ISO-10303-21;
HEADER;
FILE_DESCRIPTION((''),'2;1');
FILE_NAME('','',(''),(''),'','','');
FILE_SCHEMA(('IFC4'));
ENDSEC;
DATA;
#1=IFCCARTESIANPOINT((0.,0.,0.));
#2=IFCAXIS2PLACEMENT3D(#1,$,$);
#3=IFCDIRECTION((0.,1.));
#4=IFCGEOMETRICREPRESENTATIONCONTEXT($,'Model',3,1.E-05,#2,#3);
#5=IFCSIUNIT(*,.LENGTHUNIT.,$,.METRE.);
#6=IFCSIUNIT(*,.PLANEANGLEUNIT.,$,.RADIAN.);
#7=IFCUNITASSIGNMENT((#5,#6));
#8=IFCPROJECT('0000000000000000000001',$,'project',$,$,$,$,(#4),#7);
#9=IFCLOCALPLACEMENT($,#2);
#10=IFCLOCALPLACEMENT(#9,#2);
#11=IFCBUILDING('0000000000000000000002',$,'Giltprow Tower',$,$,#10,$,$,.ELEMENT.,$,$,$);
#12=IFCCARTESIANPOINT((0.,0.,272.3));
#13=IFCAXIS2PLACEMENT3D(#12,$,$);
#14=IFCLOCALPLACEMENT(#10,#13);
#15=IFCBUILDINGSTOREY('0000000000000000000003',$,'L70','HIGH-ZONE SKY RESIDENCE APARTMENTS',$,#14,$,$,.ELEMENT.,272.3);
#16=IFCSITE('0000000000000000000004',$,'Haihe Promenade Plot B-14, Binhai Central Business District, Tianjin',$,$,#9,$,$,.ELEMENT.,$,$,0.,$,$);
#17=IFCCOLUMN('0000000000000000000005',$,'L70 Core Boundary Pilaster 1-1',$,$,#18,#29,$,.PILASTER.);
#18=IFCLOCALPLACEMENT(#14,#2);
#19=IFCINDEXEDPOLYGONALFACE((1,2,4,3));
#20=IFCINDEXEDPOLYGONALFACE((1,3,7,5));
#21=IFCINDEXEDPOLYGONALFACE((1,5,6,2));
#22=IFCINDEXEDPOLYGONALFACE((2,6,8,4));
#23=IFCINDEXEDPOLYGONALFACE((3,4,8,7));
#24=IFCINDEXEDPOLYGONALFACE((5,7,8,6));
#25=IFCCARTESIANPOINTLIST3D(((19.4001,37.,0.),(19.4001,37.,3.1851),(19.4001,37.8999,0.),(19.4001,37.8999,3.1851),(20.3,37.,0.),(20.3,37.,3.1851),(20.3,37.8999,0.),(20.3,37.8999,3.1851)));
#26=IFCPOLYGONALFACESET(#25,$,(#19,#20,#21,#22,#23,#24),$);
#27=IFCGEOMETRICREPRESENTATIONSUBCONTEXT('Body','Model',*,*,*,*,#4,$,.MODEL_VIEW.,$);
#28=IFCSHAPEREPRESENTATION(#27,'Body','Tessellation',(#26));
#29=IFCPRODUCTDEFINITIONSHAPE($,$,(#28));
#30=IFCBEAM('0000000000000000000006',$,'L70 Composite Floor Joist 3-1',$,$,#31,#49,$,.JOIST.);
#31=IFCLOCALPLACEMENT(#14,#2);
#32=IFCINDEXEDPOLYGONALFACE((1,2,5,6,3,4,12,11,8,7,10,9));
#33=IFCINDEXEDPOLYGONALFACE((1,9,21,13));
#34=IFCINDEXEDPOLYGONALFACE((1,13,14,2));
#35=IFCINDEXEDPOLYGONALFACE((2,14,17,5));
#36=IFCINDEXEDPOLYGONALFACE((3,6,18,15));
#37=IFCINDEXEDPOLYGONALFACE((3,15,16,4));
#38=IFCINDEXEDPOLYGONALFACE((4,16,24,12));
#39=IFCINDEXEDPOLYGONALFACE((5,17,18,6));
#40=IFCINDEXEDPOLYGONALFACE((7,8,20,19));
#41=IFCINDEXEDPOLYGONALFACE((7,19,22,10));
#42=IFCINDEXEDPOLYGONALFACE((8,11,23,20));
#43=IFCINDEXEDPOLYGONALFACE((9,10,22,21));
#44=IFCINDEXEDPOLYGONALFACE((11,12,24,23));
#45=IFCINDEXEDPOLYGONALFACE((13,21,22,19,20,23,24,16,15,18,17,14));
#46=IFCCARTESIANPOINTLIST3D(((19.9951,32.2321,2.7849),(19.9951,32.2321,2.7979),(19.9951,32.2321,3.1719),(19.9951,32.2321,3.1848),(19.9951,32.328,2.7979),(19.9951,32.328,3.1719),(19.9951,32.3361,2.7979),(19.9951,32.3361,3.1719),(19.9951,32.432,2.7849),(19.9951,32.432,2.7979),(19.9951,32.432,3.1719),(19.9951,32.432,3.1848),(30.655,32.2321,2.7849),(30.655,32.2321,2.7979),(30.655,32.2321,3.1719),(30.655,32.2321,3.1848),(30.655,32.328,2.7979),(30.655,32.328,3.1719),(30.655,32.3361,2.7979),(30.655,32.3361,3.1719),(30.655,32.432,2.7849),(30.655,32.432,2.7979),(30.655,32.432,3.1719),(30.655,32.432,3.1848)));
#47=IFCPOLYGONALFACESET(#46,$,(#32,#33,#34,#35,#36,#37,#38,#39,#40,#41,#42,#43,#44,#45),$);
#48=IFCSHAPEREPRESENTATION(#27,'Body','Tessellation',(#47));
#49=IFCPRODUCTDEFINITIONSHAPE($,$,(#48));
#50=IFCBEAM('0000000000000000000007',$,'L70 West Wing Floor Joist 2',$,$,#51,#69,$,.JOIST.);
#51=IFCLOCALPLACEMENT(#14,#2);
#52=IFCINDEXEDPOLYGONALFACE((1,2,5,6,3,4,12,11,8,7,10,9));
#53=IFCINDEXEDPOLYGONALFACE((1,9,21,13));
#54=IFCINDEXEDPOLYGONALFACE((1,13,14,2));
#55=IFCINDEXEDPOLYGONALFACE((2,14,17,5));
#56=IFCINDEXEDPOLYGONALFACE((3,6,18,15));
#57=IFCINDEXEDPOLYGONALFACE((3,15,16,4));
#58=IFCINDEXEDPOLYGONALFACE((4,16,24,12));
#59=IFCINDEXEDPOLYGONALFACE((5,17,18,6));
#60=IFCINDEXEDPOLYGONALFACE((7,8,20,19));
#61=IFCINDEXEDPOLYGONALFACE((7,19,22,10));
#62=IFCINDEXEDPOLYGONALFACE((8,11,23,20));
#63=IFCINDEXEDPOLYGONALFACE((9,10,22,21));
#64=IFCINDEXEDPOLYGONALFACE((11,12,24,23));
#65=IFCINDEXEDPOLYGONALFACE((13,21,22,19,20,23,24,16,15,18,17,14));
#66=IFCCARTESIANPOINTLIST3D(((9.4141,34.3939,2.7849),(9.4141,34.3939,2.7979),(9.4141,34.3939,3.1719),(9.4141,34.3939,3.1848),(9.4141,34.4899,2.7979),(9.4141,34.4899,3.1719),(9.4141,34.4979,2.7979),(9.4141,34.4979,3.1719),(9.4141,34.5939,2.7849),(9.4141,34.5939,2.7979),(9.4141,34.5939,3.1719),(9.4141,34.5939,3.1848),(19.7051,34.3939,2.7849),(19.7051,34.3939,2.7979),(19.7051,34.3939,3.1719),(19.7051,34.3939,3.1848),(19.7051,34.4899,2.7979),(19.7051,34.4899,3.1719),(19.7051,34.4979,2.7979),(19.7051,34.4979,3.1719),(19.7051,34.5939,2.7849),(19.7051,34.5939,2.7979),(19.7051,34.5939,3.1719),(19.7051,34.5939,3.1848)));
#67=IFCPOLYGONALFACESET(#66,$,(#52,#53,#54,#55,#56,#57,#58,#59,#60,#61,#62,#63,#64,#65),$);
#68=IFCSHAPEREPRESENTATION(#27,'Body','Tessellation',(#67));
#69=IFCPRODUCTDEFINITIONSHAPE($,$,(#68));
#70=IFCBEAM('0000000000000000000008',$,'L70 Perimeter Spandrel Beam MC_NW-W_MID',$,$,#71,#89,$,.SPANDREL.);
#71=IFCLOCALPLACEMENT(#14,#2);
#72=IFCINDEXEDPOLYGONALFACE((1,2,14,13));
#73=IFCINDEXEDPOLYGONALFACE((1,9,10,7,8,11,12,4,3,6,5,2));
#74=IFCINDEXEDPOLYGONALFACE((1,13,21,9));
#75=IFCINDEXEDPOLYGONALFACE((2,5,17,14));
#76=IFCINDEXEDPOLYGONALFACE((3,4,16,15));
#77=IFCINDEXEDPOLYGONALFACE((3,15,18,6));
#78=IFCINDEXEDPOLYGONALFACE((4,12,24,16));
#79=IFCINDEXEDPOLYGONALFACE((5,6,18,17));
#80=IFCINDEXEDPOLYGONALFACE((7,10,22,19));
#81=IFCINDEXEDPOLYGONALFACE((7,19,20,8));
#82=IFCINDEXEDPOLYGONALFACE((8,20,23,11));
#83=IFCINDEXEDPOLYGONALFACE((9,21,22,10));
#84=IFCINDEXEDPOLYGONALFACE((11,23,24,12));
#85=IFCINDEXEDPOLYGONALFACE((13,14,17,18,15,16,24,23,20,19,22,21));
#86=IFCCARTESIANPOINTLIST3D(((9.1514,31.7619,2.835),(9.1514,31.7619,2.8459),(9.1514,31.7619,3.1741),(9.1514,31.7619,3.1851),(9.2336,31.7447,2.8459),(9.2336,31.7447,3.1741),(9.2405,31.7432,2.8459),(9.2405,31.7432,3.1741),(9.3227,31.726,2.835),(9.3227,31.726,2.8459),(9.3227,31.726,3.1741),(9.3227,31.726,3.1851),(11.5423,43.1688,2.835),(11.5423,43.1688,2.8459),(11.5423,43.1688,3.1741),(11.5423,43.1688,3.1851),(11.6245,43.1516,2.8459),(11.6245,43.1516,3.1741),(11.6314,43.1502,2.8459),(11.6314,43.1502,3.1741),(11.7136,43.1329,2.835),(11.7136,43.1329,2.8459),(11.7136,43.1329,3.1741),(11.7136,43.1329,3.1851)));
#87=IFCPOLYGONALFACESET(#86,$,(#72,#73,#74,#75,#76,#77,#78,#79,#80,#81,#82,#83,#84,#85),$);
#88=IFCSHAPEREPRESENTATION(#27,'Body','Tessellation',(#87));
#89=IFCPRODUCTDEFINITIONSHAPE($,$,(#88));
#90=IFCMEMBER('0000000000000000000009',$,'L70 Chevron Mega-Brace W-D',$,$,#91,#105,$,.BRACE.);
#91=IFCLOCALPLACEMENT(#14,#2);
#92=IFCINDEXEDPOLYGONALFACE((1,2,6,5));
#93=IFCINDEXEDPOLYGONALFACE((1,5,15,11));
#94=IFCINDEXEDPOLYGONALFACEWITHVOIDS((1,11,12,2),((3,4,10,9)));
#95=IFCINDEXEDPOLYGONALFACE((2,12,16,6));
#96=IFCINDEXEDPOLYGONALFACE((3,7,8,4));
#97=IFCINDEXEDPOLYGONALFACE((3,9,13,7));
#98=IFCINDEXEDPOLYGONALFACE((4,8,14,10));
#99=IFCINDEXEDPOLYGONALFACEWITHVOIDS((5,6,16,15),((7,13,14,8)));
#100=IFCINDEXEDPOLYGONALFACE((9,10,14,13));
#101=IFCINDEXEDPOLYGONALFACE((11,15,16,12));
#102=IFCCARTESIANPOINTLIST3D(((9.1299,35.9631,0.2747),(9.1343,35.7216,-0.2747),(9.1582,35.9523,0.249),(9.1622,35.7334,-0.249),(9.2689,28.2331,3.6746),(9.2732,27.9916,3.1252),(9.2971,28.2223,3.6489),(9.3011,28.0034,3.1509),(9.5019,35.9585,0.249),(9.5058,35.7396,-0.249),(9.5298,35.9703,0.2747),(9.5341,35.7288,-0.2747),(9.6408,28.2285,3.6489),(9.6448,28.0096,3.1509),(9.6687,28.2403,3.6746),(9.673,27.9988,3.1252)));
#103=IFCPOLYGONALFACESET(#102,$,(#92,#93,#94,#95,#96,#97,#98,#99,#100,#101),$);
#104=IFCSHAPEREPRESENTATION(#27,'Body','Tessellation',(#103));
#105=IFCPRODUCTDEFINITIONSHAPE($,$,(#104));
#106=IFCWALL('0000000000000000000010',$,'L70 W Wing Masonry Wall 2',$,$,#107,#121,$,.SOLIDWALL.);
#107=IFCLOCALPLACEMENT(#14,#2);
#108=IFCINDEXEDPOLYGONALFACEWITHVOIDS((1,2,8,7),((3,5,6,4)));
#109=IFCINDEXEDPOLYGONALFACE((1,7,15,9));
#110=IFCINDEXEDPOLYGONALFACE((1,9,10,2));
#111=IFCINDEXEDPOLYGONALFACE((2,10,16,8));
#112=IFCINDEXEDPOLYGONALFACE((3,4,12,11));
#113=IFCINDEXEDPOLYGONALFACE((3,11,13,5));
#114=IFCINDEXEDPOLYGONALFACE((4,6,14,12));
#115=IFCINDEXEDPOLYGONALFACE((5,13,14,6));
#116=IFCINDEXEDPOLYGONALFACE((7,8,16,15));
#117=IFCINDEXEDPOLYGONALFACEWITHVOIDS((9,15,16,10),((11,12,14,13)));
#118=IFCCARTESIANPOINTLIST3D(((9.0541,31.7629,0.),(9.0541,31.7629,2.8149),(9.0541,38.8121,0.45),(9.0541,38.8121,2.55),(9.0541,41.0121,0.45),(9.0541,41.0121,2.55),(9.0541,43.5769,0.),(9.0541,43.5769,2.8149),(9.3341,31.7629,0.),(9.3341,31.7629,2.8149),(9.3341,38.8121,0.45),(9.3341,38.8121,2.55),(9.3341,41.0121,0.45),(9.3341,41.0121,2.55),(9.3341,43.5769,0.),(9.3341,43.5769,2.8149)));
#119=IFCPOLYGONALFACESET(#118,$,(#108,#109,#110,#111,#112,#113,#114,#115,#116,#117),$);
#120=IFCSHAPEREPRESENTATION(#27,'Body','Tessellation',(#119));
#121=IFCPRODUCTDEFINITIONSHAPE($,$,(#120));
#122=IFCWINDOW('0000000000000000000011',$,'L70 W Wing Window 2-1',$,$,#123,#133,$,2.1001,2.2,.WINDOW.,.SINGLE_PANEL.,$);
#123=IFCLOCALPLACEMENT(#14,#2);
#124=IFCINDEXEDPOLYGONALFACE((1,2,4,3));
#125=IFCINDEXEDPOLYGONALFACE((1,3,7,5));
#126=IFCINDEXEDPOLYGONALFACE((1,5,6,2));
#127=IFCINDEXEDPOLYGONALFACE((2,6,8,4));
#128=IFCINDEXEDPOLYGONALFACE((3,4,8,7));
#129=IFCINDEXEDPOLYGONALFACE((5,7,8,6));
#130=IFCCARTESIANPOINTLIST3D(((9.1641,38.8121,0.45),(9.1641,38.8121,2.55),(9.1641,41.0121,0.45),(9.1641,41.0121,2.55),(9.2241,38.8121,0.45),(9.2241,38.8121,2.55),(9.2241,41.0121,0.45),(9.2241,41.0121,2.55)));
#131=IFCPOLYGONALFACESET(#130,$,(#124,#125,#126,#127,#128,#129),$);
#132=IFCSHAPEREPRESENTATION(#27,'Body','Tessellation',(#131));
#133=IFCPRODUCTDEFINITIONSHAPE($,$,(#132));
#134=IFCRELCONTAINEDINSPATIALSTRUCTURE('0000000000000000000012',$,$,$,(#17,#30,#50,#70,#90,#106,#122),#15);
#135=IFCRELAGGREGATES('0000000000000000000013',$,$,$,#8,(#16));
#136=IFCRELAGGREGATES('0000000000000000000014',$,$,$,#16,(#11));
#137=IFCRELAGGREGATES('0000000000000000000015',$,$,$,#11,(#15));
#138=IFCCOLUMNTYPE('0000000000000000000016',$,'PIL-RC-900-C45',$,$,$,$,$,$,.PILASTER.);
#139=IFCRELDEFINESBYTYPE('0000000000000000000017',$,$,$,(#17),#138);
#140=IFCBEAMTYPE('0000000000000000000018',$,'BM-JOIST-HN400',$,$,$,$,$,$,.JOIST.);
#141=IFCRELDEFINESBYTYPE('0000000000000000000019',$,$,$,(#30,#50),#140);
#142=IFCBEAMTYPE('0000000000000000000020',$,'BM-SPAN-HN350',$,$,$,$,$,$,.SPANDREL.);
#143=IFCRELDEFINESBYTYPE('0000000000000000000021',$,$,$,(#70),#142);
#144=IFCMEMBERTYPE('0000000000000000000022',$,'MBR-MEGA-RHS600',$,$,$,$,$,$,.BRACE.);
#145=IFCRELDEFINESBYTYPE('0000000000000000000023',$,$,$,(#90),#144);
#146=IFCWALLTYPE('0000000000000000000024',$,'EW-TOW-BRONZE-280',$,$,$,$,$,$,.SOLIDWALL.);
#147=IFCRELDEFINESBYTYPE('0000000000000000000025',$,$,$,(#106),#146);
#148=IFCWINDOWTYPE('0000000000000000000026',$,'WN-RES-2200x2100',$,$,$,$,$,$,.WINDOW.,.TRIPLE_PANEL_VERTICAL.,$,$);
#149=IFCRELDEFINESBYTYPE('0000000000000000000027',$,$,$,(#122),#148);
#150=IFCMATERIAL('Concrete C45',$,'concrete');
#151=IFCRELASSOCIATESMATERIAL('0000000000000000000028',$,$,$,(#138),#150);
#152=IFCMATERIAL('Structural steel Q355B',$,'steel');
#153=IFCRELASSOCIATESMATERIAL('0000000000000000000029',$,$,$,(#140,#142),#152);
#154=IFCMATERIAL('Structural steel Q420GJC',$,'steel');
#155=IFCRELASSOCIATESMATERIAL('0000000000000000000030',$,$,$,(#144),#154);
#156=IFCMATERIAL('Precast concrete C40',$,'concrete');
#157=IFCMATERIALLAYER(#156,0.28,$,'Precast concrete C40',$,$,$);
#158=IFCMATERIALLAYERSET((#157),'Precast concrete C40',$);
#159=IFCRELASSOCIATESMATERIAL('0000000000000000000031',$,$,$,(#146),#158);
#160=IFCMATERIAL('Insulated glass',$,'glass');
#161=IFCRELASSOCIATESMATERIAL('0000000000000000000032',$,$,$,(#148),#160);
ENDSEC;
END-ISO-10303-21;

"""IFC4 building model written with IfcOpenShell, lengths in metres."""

from ifc_helpers import new_model, si_unit, direction, frame, frame_2d, origin, origin_2d, place, context, subcontext, project, spatial, rectangle, hollow_rectangle, i_section, extrude, source, transform, mapped, material, layer, layer_set, material_profile, profile_set, type_object, element, fill, save


model = new_model("IFC4")

# Units and contexts
model_context = context("Model", 3, precision=1e-05, world=origin(), true_north=direction((0.0, 1.0)))
body_context = subcontext(model_context, "Body", "Model", "MODEL_VIEW")
ifc_project = project(units=[si_unit("LENGTHUNIT", "METRE"), si_unit("PLANEANGLEUNIT", "RADIAN")], contexts=[model_context])

# Site, building, storey
site_placement = place(None, origin())
site = spatial("IfcSite", under=ifc_project, at=site_placement, Name="Haihe Promenade Plot B-14, Binhai Central Business District, Tianjin", CompositionType="ELEMENT", RefElevation=0.0)
building_placement = place(site_placement, origin())
building = spatial("IfcBuilding", under=site, at=building_placement, Name="Giltprow Tower", CompositionType="ELEMENT")
storey_placement = place(building_placement, frame((0.0, 0.0, 272.3)))
storey = spatial("IfcBuildingStorey", under=building, at=storey_placement, Name="L70", Description="HIGH-ZONE SKY RESIDENCE APARTMENTS", CompositionType="ELEMENT", Elevation=272.3)

# Column
ifc_material_1 = material(Name="Concrete C45", Category="concrete")
ifc_material_profile_1 = material_profile(ifc_material_1, rectangle(XDim=0.8999, YDim=0.8999, at=origin_2d()), Name="RC 900x900")
ifc_profile_set_1 = profile_set([ifc_material_profile_1], Name="Concrete C45")
column_type = type_object("IfcColumnType", Name="PIL-RC-900-C45", PredefinedType="PILASTER", material=ifc_profile_set_1)
shared_shape_1 = source(origin(), body_context, "Body", "SweptSolid", [
    extrude(rectangle(XDim=0.8999, YDim=0.8999, at=origin_2d()), origin(), (0.0, 0.0, 1.0), 3.1851),
])
column_placement = place(storey_placement, frame((19.8501, 37.45, 0.0), z_axis=(0.0, 0.0, 1.0), x_axis=(1.0, 0.0, 0.0)))
element("IfcColumn", 1, at=column_placement, inside=storey, type_object=column_type, Name="L70 Core Boundary Pilaster 1-1", PredefinedType="PILASTER", context=body_context, shape_type="MappedRepresentation", body=[
    mapped(shared_shape_1, transform((0.0, 0.0, 0.0), x_axis=(1.0, 0.0, 0.0), y_axis=(0.0, 1.0, 0.0), z_axis=(0.0, 0.0, 1.0), scale=1.0)),
])

# Beams
ifc_material_2 = material(Name="Structural steel Q355B", Category="steel")
ifc_material_profile_2 = material_profile(ifc_material_2, i_section(OverallWidth=0.2, OverallDepth=0.3999, WebThickness=0.0081, FlangeThickness=0.0129, at=origin_2d()), Name="HN 400x200x8x13")
ifc_profile_set_2 = profile_set([ifc_material_profile_2], Name="Structural steel Q355B")
beam_type_1 = type_object("IfcBeamType", Name="BM-JOIST-HN400", PredefinedType="JOIST", material=ifc_profile_set_2)
shared_shape_2 = source(origin(), body_context, "Body", "SweptSolid", [
    extrude(i_section(OverallWidth=0.2, OverallDepth=0.3999, WebThickness=0.0081, FlangeThickness=0.0129, at=origin_2d()), origin(), (0.0, 0.0, 1.0), 10.6599),
])
beam_1_placement = place(storey_placement, frame((19.9951, 32.332, 2.9849), z_axis=(1.0, 0.0, 0.0), x_axis=(0.0, 1.0, 0.0)))
element("IfcBeam", 2, at=beam_1_placement, inside=storey, type_object=beam_type_1, Name="L70 Composite Floor Joist 3-1", PredefinedType="JOIST", context=body_context, shape_type="MappedRepresentation", body=[
    mapped(shared_shape_2, transform((0.0, 0.0, 0.0), x_axis=(1.0, 0.0, 0.0), y_axis=(0.0, 1.0, 0.0), z_axis=(0.0, 0.0, 1.0), scale=1.0)),
])
shared_shape_3 = source(origin(), body_context, "Body", "SweptSolid", [
    extrude(i_section(OverallWidth=0.2, OverallDepth=0.3999, WebThickness=0.0081, FlangeThickness=0.0129, at=origin_2d()), origin(), (0.0, 0.0, 1.0), 10.291),
])
beam_2_placement = place(storey_placement, frame((9.4141, 34.4939, 2.9849), z_axis=(1.0, 0.0, 0.0), x_axis=(0.0, 1.0, 0.0)))
element("IfcBeam", 3, at=beam_2_placement, inside=storey, type_object=beam_type_1, Name="L70 West Wing Floor Joist 2", PredefinedType="JOIST", context=body_context, shape_type="MappedRepresentation", body=[
    mapped(shared_shape_3, transform((0.0, 0.0, 0.0), x_axis=(1.0, 0.0, 0.0), y_axis=(0.0, 1.0, 0.0), z_axis=(0.0, 0.0, 1.0), scale=1.0)),
])
ifc_material_profile_3 = material_profile(ifc_material_2, i_section(OverallWidth=0.175, OverallDepth=0.3501, WebThickness=0.0071, FlangeThickness=0.011, at=origin_2d()), Name="HN 350x175x7x11")
ifc_profile_set_3 = profile_set([ifc_material_profile_3], Name="Structural steel Q355B")
beam_type_2 = type_object("IfcBeamType", Name="BM-SPAN-HN350", PredefinedType="SPANDREL", material=ifc_profile_set_3)
shared_shape_4 = source(origin(), body_context, "Body", "SweptSolid", [
    extrude(i_section(OverallWidth=0.175, OverallDepth=0.3501, WebThickness=0.0071, FlangeThickness=0.011, at=origin_2d()), origin(), (0.0, 0.0, 1.0), 11.6548),
])
beam_3_placement = place(storey_placement, frame((11.6279, 43.1509, 3.01), z_axis=(-0.205139, -0.978733, 0.0), x_axis=(0.978733, -0.205139, 0.0)))
element("IfcBeam", 4, at=beam_3_placement, inside=storey, type_object=beam_type_2, Name="L70 Perimeter Spandrel Beam MC_NW-W_MID", PredefinedType="SPANDREL", context=body_context, shape_type="MappedRepresentation", body=[
    mapped(shared_shape_4, transform((0.0, 0.0, 0.0), x_axis=(1.0, 0.0, 0.0), y_axis=(0.0, 1.0, 0.0), z_axis=(0.0, 0.0, 1.0), scale=1.0)),
])

# Member
ifc_material_3 = material(Name="Structural steel Q420GJC", Category="steel")
ifc_material_profile_4 = material_profile(ifc_material_3, hollow_rectangle(XDim=0.3999, YDim=0.6001, WallThickness=0.0281, at=origin_2d()), Name="RHS 600x400x28")
ifc_profile_set_4 = profile_set([ifc_material_profile_4], Name="Structural steel Q420GJC")
member_type = type_object("IfcMemberType", Name="MBR-MEGA-RHS600", PredefinedType="BRACE", material=ifc_profile_set_4)
shared_shape_5 = source(origin(), body_context, "Body", "SweptSolid", [
    extrude(hollow_rectangle(XDim=0.3999, YDim=0.6001, WallThickness=0.0281, at=origin_2d()), origin(), (0.0, 0.0, 1.0), 8.4458),
])
member_placement = place(storey_placement, frame((9.332, 35.8459, 0.0), z_axis=(0.016448, -0.915247, 0.402556), x_axis=(0.999839, 0.017968, 0.0)))
element("IfcMember", 5, at=member_placement, inside=storey, type_object=member_type, Name="L70 Chevron Mega-Brace W-D", PredefinedType="BRACE", context=body_context, shape_type="MappedRepresentation", body=[
    mapped(shared_shape_5, transform((0.0, 0.0, 0.0), x_axis=(1.0, 0.0, 0.0), y_axis=(0.0, 1.0, 0.0), z_axis=(0.0, 0.0, 1.0), scale=1.0)),
])

# Wall, opening, window
ifc_material_4 = material(Name="Precast concrete C40", Category="concrete")
ifc_layer_1 = layer(ifc_material_4, 0.28, Name="Precast concrete C40")
ifc_layer_set_1 = layer_set([ifc_layer_1], Name="Precast concrete C40")
wall_type_1 = type_object("IfcWallType", Name="EW-TOW-BRONZE-280", PredefinedType="SOLIDWALL", material=ifc_layer_set_1)
wall_1_placement = place(storey_placement, frame((9.1941, 31.7629, 0.0), z_axis=(0.0, 0.0, 1.0), x_axis=(0.0, 1.0, 0.0)))
wall_1 = element("IfcWall", 6, at=wall_1_placement, inside=storey, type_object=wall_type_1, Name="L70 W Wing Masonry Wall 2", PredefinedType="SOLIDWALL", context=body_context, shape_type="SweptSolid", body=[
    extrude(rectangle(XDim=11.814, YDim=0.28, at=frame_2d((5.907, 0.0))), origin(), (0.0, 0.0, 1.0), 2.8149),
])
opening_1_placement = place(wall_1_placement, frame((7.0491, 0.0, 0.45)))
opening_1 = element("IfcOpeningElement", 7, at=opening_1_placement, cuts=wall_1, PredefinedType="OPENING", context=body_context, shape_type="SweptSolid", body=[
    extrude(rectangle(XDim=2.2, YDim=2.1001, at=frame_2d((1.1001, 1.05))), frame((0.0, 0.1499, 0.0), z_axis=(0.0, -1.0, 0.0), x_axis=(1.0, 0.0, 0.0)), (0.0, 0.0, 1.0), 0.3),
])
ifc_material_5 = material(Name="Insulated glass", Category="glass")
window_type = type_object("IfcWindowType", Name="WN-RES-2200x2100", PartitioningType="TRIPLE_PANEL_VERTICAL", PredefinedType="WINDOW", material=ifc_material_5)
shared_shape_6 = source(origin(), body_context, "Body", "SweptSolid", [
    extrude(rectangle(XDim=2.2, YDim=2.1001, at=frame_2d((1.1001, 1.05))), frame((0.0, 0.03, 0.0), z_axis=(0.0, -1.0, 0.0), x_axis=(1.0, 0.0, 0.0)), (0.0, 0.0, 1.0), 0.0601),
])
window_placement = place(opening_1_placement, origin())
window = element("IfcWindow", 8, at=window_placement, inside=storey, type_object=window_type, Name="L70 W Wing Window 2-1", OverallHeight=2.1001, OverallWidth=2.2, PartitioningType="SINGLE_PANEL", PredefinedType="WINDOW", context=body_context, shape_type="MappedRepresentation", body=[
    mapped(shared_shape_6, transform((0.0, 0.0, 0.0), x_axis=(1.0, 0.0, 0.0), y_axis=(0.0, 1.0, 0.0), z_axis=(0.0, 0.0, 1.0), scale=1.0)),
])
fill(opening_1, window)

save(model, "model.ifc")
